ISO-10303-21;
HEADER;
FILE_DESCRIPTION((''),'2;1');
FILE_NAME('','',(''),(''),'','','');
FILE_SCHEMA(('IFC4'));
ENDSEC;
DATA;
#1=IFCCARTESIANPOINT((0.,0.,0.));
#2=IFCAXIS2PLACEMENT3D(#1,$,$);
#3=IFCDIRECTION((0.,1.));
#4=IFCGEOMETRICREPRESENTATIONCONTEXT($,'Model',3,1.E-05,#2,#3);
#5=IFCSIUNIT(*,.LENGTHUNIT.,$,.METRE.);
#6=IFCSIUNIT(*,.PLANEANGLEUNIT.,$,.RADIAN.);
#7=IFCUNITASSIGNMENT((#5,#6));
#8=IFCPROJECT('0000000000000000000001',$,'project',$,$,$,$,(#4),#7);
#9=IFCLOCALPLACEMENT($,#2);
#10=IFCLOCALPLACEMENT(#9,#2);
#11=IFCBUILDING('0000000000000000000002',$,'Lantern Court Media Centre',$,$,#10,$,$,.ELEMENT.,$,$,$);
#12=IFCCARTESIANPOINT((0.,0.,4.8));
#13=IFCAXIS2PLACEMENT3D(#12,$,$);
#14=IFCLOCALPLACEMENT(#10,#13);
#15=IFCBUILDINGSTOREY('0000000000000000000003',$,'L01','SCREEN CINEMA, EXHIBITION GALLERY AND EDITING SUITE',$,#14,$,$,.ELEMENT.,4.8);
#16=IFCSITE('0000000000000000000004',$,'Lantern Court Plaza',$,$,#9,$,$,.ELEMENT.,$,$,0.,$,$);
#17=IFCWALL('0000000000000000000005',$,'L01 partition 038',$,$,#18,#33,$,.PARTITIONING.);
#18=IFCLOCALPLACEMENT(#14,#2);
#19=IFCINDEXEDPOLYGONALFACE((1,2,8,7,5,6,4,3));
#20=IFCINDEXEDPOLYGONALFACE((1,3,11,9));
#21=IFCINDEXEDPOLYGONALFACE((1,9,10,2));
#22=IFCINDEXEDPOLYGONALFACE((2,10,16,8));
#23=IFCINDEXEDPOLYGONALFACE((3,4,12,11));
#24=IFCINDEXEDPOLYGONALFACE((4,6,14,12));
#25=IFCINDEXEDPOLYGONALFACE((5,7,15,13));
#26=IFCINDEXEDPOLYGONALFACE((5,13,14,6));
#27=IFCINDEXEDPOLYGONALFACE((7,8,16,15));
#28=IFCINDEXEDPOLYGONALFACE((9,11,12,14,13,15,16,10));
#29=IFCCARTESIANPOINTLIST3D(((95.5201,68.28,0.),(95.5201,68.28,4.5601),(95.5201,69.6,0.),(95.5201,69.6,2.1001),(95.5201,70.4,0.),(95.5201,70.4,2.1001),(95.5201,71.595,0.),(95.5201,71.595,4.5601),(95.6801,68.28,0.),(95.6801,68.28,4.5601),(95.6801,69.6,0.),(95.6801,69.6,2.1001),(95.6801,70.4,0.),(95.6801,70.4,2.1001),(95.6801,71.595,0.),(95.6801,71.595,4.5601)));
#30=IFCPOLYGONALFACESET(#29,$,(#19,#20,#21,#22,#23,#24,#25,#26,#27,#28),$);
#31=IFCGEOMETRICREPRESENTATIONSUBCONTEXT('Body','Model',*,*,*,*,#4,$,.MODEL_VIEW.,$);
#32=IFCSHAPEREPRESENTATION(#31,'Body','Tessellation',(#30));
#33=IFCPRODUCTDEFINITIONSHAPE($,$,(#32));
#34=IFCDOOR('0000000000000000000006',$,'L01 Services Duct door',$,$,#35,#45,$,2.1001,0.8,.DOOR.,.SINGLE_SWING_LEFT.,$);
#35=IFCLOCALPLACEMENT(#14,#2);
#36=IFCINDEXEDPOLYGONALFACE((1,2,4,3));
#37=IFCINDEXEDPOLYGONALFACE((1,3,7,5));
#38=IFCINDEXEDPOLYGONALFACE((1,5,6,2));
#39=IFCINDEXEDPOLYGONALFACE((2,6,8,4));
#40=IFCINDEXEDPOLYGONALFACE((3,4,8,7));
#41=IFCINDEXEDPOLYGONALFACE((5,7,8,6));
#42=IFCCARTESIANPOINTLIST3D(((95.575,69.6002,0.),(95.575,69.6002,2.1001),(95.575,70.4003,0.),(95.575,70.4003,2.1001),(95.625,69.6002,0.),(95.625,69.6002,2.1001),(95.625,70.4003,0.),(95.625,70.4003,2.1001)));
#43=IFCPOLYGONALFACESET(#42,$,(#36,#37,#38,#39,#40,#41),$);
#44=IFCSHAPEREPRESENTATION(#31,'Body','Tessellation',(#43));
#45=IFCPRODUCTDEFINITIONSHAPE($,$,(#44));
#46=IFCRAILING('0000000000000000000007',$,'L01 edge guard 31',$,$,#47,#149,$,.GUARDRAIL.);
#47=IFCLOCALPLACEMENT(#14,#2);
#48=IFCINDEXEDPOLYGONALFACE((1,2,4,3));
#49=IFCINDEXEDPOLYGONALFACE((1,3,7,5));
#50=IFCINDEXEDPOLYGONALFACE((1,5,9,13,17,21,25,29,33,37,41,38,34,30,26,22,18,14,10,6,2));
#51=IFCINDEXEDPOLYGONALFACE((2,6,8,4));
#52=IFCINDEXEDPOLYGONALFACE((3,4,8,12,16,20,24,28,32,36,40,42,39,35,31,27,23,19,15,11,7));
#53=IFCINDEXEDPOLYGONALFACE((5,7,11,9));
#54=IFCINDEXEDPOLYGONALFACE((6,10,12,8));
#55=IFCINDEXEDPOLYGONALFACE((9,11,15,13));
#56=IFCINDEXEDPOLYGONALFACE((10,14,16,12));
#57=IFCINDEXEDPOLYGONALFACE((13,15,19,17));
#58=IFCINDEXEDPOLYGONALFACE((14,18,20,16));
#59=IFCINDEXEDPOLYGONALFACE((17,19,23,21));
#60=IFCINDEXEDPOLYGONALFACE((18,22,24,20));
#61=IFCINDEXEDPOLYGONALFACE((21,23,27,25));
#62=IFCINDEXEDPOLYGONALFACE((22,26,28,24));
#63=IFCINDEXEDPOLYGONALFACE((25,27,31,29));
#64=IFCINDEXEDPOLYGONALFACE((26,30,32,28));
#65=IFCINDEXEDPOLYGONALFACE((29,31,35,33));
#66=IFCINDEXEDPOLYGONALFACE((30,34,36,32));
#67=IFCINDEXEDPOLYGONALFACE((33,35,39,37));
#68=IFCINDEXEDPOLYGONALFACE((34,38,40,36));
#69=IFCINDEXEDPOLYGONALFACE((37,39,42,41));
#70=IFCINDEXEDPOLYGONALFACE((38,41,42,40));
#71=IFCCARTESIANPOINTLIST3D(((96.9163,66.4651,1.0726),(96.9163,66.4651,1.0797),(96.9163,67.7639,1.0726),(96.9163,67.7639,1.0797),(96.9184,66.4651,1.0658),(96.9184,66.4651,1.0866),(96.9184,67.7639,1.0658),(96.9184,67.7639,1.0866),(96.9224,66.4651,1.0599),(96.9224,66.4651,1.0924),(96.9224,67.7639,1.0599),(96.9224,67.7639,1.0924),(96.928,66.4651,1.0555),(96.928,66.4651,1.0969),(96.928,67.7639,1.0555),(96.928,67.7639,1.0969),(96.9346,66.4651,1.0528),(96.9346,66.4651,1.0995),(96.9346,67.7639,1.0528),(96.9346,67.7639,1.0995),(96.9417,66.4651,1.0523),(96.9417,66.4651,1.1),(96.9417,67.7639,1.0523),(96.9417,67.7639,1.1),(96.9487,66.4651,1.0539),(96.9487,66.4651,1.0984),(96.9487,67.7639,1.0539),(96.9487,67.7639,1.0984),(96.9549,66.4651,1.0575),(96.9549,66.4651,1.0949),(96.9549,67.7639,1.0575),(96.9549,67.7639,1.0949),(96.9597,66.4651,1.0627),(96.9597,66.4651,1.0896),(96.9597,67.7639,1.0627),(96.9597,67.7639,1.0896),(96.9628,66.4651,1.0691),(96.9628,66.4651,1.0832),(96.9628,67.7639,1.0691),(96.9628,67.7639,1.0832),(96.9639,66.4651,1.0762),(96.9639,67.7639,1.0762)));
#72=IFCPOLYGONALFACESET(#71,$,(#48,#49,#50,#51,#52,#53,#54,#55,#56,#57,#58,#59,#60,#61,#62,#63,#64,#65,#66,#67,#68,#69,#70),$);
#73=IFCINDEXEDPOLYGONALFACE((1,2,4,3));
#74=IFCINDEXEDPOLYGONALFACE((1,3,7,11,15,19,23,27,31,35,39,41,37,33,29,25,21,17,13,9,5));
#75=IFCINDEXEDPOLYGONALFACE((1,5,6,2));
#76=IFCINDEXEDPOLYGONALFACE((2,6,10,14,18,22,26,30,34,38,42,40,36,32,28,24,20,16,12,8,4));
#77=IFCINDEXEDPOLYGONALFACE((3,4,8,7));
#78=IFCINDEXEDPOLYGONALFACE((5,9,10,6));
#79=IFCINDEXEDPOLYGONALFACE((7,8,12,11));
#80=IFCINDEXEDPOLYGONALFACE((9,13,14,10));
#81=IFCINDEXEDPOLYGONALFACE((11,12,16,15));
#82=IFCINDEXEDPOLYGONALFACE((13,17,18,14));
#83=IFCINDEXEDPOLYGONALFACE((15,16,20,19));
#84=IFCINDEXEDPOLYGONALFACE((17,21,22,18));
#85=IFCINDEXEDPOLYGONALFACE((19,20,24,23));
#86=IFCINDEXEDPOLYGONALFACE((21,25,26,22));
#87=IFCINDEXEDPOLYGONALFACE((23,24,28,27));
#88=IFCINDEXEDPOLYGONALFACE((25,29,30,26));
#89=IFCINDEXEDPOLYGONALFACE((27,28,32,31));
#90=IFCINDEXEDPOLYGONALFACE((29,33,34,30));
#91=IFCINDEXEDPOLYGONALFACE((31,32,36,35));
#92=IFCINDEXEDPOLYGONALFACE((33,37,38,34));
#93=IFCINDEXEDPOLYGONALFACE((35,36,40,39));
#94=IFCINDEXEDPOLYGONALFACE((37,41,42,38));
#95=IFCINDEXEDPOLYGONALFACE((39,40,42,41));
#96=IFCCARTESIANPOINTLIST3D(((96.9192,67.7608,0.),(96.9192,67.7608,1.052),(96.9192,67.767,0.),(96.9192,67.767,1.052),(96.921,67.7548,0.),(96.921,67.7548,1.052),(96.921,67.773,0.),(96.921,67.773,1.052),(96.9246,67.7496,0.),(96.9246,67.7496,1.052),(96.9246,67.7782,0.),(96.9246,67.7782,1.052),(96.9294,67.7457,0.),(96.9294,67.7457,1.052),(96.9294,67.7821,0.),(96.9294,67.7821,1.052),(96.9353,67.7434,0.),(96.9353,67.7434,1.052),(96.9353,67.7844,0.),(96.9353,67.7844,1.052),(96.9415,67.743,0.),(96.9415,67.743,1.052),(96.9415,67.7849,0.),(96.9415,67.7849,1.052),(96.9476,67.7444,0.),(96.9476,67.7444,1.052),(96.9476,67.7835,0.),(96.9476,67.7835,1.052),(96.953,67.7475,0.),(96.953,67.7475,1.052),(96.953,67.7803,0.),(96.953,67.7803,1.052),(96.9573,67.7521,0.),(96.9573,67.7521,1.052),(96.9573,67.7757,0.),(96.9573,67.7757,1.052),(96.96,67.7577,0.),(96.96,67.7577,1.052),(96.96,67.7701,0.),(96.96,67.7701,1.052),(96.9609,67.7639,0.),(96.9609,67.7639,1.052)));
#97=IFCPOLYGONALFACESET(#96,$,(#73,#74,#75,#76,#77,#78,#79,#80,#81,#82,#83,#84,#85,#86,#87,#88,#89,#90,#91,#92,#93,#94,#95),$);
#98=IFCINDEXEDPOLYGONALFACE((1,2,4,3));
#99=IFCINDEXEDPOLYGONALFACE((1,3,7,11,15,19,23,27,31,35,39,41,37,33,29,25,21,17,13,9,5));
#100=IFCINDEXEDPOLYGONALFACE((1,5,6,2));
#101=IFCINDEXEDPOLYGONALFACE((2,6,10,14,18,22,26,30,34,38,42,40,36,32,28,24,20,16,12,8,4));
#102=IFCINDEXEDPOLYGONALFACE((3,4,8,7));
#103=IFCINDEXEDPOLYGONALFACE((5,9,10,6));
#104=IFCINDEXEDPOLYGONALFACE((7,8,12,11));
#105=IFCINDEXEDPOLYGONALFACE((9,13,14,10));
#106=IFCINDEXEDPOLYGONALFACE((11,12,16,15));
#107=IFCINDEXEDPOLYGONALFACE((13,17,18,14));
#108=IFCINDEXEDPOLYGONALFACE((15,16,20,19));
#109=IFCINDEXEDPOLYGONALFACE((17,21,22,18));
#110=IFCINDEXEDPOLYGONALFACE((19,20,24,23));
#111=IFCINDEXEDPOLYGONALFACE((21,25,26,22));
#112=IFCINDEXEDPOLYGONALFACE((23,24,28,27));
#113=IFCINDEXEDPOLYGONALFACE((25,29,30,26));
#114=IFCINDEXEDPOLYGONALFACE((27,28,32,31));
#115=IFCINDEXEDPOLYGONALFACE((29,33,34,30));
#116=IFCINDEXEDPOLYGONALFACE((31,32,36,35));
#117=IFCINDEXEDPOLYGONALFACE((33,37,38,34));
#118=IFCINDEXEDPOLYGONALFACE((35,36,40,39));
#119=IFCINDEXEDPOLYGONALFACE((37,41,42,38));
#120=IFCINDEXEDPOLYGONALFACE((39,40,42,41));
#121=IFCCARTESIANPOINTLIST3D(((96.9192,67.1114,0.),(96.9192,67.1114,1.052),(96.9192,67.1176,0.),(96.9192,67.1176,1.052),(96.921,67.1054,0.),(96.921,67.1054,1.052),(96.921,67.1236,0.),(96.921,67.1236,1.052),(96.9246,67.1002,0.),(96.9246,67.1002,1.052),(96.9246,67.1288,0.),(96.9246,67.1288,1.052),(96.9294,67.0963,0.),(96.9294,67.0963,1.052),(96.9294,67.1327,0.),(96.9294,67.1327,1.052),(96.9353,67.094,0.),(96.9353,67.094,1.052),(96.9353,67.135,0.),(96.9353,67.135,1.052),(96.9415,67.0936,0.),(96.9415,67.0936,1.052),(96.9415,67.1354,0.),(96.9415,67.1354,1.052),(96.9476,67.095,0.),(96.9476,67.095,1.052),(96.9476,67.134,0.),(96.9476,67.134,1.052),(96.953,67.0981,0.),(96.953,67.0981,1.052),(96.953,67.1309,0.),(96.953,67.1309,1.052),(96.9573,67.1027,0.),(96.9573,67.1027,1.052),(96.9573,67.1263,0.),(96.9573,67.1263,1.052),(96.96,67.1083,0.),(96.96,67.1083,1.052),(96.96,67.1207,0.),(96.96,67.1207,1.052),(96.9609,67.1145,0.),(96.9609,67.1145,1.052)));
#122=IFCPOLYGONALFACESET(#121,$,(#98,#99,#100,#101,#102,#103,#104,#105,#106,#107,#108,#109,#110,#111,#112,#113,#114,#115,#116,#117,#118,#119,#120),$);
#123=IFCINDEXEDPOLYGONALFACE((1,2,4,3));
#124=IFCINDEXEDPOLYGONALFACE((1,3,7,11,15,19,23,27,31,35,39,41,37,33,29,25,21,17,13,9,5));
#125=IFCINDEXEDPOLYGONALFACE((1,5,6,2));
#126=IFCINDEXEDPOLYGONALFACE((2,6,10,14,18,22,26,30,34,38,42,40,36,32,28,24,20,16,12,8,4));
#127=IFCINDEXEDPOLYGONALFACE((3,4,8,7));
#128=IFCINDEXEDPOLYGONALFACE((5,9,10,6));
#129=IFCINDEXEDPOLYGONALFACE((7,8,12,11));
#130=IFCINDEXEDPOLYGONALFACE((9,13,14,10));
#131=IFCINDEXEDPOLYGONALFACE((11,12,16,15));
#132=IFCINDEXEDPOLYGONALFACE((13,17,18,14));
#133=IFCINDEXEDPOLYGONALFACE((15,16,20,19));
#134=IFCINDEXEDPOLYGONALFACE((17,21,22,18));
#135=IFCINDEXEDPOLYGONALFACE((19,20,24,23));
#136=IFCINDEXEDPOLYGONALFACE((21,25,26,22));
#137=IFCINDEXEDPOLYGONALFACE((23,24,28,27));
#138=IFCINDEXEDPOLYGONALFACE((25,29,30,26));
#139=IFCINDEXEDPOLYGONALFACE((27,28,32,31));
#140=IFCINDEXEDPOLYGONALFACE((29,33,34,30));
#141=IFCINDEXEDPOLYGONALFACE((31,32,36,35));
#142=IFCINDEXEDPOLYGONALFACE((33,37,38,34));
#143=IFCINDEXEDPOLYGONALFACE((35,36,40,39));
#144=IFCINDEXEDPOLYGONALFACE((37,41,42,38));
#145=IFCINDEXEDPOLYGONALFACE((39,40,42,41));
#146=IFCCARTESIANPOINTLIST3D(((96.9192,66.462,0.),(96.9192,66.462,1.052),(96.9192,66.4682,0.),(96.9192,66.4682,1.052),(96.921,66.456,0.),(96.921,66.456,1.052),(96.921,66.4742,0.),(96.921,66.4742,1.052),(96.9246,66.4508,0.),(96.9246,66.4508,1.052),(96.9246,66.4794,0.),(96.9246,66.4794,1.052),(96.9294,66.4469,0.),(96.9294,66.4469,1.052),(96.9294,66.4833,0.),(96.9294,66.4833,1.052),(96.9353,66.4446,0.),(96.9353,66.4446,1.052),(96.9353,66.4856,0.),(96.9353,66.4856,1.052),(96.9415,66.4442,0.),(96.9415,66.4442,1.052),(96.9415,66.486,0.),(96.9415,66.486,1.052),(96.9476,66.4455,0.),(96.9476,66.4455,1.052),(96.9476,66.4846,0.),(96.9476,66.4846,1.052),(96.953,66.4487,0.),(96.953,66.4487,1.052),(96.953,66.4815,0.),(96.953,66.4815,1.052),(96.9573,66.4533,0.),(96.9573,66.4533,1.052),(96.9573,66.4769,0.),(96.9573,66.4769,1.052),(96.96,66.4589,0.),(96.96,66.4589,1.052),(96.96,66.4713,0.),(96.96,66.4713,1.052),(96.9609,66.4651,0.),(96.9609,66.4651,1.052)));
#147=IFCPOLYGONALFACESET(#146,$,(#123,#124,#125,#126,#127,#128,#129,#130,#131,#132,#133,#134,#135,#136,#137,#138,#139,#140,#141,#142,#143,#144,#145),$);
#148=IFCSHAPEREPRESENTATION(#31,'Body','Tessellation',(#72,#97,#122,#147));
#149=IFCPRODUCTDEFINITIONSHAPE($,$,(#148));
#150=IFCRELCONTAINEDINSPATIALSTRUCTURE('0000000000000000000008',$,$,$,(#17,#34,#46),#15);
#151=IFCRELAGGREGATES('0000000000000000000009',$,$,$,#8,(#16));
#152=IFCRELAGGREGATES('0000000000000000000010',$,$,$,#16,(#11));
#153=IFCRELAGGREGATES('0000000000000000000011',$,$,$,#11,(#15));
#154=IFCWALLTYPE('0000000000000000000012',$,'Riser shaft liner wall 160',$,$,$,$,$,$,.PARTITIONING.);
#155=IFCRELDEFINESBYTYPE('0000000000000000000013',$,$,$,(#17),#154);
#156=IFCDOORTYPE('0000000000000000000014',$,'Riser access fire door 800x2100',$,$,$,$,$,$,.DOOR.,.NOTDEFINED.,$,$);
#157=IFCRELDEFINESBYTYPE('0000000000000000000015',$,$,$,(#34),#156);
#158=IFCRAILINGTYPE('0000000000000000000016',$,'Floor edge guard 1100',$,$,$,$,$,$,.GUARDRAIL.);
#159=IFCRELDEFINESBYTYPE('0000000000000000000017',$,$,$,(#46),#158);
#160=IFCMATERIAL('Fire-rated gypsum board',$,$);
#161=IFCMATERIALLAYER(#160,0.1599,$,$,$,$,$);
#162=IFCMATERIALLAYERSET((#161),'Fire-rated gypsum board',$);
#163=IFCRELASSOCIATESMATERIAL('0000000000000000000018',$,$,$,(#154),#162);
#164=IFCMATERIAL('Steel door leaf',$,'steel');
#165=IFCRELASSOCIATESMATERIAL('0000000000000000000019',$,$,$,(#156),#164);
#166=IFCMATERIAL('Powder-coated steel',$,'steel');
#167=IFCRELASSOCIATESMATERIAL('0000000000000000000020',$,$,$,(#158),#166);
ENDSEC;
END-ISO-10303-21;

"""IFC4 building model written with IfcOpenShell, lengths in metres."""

from ifc_helpers import new_model, si_unit, direction, frame, frame_2d, origin, origin_2d, place, context, subcontext, project, spatial, rectangle, circle, extrude, material, layer, layer_set, type_object, element, fill, save


model = new_model("IFC4")

# Units and contexts
model_context = context("Model", 3, precision=1e-05, world=origin(), true_north=direction((0.0, 1.0)))
body_context = subcontext(model_context, "Body", "Model", "MODEL_VIEW")
ifc_project = project(units=[si_unit("LENGTHUNIT", "METRE"), si_unit("PLANEANGLEUNIT", "RADIAN")], contexts=[model_context])

# Site, building, storey
site_placement = place(None, origin())
site = spatial("IfcSite", under=ifc_project, at=site_placement, Name="Lantern Court Plaza", CompositionType="ELEMENT", RefElevation=0.0)
building_placement = place(site_placement, origin())
building = spatial("IfcBuilding", under=site, at=building_placement, Name="Lantern Court Media Centre", CompositionType="ELEMENT")
storey_placement = place(building_placement, frame((0.0, 0.0, 4.8)))
storey = spatial("IfcBuildingStorey", under=building, at=storey_placement, Name="L01", Description="SCREEN CINEMA, EXHIBITION GALLERY AND EDITING SUITE", CompositionType="ELEMENT", Elevation=4.8)

# Shared definitions
ifc_material_1 = material(Name="Fire-rated gypsum board")
ifc_layer_1 = layer(ifc_material_1, 0.1599)
ifc_layer_set_1 = layer_set([ifc_layer_1], Name="Fire-rated gypsum board")
wall_type_1 = type_object("IfcWallType", Name="Riser shaft liner wall 160", PredefinedType="PARTITIONING", material=ifc_layer_set_1)

# Wall, opening, door
wall_1_placement = place(storey_placement, frame((95.6001, 68.28, 0.0), z_axis=(0.0, 0.0, 1.0), x_axis=(0.0, 1.0, 0.0)))
wall_1 = element("IfcWall", 1, at=wall_1_placement, inside=storey, type_object=wall_type_1, Name="L01 partition 038", PredefinedType="PARTITIONING", context=body_context, shape_type="SweptSolid", body=[
    extrude(rectangle(XDim=3.3149, YDim=0.1599, at=frame_2d((1.6575, 0.0))), origin(), (0.0, 0.0, 1.0), 4.5601),
])
opening_1_placement = place(wall_1_placement, frame((1.3201, 0.0, 0.0)))
opening_1 = element("IfcOpeningElement", 2, at=opening_1_placement, cuts=wall_1, PredefinedType="OPENING", context=body_context, shape_type="SweptSolid", body=[
    extrude(rectangle(XDim=0.8, YDim=2.1001, at=frame_2d((0.3999, 1.05))), frame((0.0, 0.0898, 0.0), z_axis=(0.0, -1.0, 0.0), x_axis=(1.0, 0.0, 0.0)), (0.0, 0.0, 1.0), 0.1799),
])
ifc_material_2 = material(Name="Steel door leaf", Category="steel")
door_type_1 = type_object("IfcDoorType", Name="Riser access fire door 800x2100", OperationType="NOTDEFINED", PredefinedType="DOOR", material=ifc_material_2)
door_1_placement = place(opening_1_placement, frame((0.8, 0.0, 0.0), z_axis=(0.0, 0.0, 1.0), x_axis=(-1.0, 0.0, 0.0)))
door_1 = element("IfcDoor", 3, at=door_1_placement, inside=storey, type_object=door_type_1, Name="L01 Services Duct door", OperationType="SINGLE_SWING_LEFT", OverallHeight=2.1001, OverallWidth=0.8, PredefinedType="DOOR", context=body_context, shape_type="SweptSolid", body=[
    extrude(rectangle(XDim=0.8, YDim=2.1001, at=frame_2d((0.3999, 1.05))), frame((0.0, 0.0249, 0.0), z_axis=(0.0, -1.0, 0.0), x_axis=(1.0, 0.0, 0.0)), (0.0, 0.0, 1.0), 0.05),
])
fill(opening_1, door_1)

# Railing
ifc_material_3 = material(Name="Powder-coated steel", Category="steel")
railing_type = type_object("IfcRailingType", Name="Floor edge guard 1100", PredefinedType="GUARDRAIL", material=ifc_material_3)
railing_1_placement = place(storey_placement, frame((96.9399, 67.7639, 0.0)))
element("IfcRailing", 4, at=railing_1_placement, inside=storey, type_object=railing_type, Name="L01 edge guard 31", PredefinedType="GUARDRAIL", context=body_context, shape_type="SweptSolid", body=[
    extrude(circle(Radius=0.0239, at=origin_2d()), frame((0.0, 0.0, 1.0762), z_axis=(0.0, -1.0, 0.0), x_axis=(1.0, 0.0, 0.0)), (0.0, 0.0, 1.0), 1.2988),
    extrude(circle(Radius=0.021, at=origin_2d()), origin(), (0.0, 0.0, 1.0), 1.052),
    extrude(circle(Radius=0.021, at=origin_2d()), frame((0.0, -0.6494, 0.0)), (0.0, 0.0, 1.0), 1.052),
    extrude(circle(Radius=0.021, at=origin_2d()), frame((0.0, -1.2988, 0.0)), (0.0, 0.0, 1.0), 1.052),
])

save(model, "model.ifc")
